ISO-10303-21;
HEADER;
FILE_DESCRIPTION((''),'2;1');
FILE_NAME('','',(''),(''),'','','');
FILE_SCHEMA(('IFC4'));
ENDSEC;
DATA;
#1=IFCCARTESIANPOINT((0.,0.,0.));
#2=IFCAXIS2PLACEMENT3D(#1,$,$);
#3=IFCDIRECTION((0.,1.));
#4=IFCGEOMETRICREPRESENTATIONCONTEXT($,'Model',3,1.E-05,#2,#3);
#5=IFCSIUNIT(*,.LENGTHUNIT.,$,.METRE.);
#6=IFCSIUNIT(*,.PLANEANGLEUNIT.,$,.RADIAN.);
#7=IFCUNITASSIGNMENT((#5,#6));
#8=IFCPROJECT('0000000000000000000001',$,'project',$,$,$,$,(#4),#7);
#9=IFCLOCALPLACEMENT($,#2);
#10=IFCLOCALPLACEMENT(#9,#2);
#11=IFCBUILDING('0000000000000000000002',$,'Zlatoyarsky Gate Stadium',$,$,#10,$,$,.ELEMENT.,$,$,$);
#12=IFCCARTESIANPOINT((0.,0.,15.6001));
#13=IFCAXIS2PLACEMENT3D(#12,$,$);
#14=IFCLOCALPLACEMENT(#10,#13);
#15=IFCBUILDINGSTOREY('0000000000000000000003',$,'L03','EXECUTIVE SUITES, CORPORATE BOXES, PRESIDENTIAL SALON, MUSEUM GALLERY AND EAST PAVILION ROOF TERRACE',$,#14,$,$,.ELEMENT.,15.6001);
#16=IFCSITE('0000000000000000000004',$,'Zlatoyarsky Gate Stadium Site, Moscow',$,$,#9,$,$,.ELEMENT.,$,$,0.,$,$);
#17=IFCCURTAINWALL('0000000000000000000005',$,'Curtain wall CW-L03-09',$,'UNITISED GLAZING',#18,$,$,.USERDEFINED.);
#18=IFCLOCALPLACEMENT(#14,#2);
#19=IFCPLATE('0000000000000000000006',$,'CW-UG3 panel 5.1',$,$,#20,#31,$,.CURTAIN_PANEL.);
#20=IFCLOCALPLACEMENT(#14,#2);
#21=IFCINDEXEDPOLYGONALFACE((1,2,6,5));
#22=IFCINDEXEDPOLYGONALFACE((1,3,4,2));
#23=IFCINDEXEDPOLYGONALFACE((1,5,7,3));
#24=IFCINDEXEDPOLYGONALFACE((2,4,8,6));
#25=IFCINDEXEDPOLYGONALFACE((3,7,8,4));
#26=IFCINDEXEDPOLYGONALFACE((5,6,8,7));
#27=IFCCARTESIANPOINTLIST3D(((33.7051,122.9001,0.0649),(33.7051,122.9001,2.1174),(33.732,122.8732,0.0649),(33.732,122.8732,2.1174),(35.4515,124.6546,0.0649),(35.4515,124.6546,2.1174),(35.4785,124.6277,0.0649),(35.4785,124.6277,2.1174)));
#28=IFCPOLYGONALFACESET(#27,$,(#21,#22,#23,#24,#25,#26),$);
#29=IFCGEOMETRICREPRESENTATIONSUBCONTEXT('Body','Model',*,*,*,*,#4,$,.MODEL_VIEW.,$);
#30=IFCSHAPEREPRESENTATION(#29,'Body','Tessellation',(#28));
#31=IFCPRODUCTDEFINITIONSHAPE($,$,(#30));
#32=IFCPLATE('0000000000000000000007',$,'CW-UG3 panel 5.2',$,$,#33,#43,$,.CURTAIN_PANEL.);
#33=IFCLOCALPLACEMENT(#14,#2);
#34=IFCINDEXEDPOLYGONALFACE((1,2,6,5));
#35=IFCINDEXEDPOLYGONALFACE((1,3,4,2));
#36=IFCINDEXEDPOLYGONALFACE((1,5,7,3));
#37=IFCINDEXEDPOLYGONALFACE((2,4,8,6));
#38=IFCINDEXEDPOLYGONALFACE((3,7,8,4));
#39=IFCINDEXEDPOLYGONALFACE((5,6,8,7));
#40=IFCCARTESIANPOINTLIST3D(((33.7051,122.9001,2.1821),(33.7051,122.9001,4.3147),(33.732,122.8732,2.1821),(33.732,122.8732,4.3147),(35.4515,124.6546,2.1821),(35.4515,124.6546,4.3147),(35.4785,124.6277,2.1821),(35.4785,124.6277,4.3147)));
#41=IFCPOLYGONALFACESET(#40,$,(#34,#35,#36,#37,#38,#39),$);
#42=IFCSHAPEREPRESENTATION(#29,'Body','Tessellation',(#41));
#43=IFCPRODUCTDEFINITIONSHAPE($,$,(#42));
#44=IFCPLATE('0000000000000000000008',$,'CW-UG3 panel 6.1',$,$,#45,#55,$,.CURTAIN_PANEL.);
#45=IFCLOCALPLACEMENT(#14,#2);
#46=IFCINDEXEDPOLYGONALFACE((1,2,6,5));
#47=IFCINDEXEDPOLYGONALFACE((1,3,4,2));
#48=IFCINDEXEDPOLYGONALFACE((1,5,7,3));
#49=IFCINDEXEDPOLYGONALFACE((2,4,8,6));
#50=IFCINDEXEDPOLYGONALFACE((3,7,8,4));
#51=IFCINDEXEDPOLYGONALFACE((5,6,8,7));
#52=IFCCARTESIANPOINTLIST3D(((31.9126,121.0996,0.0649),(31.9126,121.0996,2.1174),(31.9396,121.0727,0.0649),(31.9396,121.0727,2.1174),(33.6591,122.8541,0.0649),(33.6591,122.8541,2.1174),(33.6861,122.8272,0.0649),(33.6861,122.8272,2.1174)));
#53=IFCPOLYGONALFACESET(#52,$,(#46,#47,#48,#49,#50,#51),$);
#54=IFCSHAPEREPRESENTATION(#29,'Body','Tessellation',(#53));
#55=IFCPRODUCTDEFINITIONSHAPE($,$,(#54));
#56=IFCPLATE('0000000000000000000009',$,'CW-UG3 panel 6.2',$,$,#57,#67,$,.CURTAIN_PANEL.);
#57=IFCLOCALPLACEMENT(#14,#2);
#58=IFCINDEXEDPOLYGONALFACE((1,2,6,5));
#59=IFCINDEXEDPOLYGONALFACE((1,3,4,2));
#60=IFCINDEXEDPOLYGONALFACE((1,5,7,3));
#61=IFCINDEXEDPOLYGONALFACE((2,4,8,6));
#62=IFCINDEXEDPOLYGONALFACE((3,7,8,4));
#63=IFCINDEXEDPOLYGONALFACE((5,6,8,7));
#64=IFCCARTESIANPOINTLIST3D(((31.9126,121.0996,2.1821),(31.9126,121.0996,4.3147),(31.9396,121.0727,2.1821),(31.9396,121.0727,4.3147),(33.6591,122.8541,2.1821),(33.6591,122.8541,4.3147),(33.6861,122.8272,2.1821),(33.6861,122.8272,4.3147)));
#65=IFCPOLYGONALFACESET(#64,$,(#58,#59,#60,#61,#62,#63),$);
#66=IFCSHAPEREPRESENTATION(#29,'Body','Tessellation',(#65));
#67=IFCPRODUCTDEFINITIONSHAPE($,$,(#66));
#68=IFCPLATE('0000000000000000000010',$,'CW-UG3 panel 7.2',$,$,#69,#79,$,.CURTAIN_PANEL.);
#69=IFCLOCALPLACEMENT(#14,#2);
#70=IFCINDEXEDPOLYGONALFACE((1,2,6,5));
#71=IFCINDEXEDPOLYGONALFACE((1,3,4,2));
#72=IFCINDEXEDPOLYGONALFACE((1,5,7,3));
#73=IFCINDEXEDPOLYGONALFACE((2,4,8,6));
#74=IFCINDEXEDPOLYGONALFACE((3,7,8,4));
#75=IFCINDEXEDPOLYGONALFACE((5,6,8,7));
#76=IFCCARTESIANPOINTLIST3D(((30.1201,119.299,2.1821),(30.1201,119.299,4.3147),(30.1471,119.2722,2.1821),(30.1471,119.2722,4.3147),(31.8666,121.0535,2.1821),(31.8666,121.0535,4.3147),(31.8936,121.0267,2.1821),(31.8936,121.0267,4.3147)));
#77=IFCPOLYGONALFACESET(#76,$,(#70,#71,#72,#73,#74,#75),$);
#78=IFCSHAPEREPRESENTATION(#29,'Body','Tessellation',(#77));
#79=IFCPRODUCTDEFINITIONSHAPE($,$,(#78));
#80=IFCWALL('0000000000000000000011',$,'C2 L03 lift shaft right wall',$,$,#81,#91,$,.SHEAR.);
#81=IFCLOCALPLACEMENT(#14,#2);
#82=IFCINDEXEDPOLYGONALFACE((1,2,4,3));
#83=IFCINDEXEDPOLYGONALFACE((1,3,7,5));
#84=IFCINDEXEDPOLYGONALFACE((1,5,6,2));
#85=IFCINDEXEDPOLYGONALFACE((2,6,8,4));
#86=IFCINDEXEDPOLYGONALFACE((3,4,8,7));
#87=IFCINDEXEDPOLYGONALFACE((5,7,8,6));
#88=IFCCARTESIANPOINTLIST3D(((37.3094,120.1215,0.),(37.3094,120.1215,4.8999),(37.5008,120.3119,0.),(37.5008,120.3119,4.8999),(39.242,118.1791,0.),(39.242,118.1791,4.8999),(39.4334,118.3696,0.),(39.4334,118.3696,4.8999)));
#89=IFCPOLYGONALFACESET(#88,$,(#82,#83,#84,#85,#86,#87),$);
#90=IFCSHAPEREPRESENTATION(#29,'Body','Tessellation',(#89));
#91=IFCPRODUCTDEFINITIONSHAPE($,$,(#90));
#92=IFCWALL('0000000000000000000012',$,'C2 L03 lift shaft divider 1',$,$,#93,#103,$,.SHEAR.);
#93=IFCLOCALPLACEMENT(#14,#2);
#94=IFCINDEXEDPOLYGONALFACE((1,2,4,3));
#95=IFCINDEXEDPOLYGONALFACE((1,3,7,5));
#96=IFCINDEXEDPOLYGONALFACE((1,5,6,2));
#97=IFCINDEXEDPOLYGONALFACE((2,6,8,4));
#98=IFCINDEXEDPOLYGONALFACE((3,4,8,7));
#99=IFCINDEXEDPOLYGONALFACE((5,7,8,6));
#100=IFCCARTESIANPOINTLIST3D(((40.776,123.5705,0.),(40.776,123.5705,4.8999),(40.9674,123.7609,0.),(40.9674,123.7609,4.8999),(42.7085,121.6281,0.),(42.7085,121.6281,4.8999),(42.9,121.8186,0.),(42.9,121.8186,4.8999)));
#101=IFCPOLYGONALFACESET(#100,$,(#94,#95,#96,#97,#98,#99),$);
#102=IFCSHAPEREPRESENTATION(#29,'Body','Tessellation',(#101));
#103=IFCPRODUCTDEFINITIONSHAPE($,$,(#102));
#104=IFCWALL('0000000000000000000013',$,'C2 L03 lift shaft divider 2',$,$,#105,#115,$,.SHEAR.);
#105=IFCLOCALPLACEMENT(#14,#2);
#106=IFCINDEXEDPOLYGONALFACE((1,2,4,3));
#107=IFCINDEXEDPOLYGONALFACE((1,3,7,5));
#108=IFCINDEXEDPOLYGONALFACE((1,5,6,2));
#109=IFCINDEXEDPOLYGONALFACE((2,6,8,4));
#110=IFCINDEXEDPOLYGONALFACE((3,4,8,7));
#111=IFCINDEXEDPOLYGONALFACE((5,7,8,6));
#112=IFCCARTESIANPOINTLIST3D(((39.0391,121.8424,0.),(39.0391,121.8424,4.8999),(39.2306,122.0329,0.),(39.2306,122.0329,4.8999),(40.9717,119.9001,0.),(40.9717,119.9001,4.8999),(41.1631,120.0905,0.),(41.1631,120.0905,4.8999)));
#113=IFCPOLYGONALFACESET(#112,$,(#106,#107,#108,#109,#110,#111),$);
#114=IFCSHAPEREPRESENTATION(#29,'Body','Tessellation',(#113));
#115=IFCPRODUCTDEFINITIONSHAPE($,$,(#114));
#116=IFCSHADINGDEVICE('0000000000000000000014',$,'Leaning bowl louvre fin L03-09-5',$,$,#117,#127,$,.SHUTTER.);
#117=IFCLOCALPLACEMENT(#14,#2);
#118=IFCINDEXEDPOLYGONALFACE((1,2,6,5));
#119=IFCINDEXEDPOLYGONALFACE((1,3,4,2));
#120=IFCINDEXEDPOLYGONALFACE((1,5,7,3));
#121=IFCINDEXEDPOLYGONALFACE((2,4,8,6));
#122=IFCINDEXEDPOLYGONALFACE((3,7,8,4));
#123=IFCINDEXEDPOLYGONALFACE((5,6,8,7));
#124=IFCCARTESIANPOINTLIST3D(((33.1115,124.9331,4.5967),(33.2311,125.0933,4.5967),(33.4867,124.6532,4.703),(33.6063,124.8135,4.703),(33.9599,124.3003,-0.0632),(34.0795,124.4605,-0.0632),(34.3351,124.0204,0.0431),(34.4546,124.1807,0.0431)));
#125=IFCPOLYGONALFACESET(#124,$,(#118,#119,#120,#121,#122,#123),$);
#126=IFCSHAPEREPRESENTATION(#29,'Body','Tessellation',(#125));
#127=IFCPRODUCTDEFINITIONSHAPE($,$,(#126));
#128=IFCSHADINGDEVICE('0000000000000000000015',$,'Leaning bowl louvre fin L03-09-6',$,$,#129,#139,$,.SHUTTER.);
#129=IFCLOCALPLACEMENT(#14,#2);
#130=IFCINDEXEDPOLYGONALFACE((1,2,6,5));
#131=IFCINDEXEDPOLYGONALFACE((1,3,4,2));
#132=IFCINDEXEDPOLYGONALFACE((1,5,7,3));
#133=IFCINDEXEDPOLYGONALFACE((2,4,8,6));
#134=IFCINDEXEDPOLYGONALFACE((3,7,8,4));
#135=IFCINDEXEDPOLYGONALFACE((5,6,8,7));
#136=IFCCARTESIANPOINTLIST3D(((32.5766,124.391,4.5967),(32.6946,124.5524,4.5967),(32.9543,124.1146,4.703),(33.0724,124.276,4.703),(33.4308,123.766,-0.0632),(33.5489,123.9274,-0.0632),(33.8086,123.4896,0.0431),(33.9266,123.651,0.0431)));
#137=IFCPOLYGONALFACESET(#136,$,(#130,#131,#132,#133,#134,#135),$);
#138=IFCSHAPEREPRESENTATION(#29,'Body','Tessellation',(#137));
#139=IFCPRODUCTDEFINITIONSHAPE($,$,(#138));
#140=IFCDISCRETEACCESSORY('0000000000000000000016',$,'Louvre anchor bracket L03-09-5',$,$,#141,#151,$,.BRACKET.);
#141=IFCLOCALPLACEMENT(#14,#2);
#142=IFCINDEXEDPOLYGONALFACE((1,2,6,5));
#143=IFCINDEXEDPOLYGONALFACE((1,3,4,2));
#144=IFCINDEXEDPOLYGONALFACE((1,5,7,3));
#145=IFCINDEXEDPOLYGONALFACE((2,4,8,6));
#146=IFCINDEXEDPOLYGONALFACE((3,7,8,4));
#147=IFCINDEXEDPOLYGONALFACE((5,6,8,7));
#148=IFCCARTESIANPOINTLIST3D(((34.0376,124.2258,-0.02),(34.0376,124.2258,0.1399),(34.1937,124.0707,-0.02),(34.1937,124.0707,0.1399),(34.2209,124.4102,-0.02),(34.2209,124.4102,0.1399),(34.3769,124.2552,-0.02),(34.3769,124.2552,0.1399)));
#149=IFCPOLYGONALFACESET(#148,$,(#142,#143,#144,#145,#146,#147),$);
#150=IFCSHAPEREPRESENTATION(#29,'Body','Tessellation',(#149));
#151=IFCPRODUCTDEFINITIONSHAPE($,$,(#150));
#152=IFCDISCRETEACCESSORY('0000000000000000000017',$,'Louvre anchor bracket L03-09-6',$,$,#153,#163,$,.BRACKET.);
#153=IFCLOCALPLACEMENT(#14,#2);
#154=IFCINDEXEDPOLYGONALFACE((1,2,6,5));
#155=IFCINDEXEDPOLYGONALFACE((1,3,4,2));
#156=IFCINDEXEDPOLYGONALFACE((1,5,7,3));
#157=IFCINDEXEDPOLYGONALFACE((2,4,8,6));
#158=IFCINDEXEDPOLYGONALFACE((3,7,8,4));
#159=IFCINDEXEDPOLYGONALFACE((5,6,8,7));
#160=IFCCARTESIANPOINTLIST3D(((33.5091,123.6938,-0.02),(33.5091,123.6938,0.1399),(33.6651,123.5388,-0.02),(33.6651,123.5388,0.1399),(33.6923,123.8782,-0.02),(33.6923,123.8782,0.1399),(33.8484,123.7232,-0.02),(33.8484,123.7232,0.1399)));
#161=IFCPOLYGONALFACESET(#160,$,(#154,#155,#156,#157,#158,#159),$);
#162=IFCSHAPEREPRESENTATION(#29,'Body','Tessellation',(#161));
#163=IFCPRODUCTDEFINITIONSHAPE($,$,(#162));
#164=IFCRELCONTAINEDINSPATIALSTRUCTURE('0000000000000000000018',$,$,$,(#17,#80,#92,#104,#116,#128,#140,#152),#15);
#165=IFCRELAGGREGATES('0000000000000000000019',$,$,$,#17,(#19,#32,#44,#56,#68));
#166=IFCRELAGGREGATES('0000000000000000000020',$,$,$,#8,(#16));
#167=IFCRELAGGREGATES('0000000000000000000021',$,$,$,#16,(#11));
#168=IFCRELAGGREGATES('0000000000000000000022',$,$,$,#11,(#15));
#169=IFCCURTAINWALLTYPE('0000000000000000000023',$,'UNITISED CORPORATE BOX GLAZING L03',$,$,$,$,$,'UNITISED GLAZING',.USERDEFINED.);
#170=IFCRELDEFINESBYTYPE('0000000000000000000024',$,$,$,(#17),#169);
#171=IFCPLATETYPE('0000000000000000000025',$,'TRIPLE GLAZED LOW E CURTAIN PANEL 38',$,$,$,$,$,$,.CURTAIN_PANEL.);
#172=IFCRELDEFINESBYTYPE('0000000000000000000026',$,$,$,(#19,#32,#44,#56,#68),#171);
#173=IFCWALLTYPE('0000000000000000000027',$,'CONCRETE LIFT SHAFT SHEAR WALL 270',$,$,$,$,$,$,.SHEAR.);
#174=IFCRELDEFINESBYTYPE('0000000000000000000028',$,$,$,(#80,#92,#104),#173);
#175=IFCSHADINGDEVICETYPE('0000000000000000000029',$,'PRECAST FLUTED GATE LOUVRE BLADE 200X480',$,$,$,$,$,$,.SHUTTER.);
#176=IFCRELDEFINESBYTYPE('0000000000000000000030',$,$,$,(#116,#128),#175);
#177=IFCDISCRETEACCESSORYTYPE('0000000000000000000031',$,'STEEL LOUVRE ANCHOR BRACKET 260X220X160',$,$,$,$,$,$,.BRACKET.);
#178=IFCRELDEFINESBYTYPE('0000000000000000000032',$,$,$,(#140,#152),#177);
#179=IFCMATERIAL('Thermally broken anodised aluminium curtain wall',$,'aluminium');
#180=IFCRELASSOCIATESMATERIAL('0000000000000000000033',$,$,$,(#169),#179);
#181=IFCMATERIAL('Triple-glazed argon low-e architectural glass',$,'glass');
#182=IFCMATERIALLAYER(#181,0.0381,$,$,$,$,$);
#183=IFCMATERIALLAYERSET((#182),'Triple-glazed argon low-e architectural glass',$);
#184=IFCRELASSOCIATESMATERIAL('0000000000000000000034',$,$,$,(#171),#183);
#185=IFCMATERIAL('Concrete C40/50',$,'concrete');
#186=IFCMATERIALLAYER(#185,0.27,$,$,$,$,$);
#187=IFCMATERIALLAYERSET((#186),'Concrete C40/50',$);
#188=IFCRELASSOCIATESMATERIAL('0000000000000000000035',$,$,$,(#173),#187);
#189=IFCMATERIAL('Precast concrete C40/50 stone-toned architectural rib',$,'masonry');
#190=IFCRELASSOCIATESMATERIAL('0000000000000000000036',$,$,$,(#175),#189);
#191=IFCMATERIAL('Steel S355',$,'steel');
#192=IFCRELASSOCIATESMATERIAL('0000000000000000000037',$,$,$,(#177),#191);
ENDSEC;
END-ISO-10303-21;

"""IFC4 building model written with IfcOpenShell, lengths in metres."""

from ifc_helpers import new_model, si_unit, direction, frame, frame_2d, origin, origin_2d, place, context, subcontext, project, spatial, rectangle, extrude, material, layer, layer_set, material_profile, profile_set, type_object, element, aggregate, save


model = new_model("IFC4")

# Units and contexts
model_context = context("Model", 3, precision=1e-05, world=origin(), true_north=direction((0.0, 1.0)))
body_context = subcontext(model_context, "Body", "Model", "MODEL_VIEW")
ifc_project = project(units=[si_unit("LENGTHUNIT", "METRE"), si_unit("PLANEANGLEUNIT", "RADIAN")], contexts=[model_context])

# Site, building, storey
site_placement = place(None, origin())
site = spatial("IfcSite", under=ifc_project, at=site_placement, Name="Zlatoyarsky Gate Stadium Site, Moscow", CompositionType="ELEMENT", RefElevation=0.0)
building_placement = place(site_placement, origin())
building = spatial("IfcBuilding", under=site, at=building_placement, Name="Zlatoyarsky Gate Stadium", CompositionType="ELEMENT")
storey_placement = place(building_placement, frame((0.0, 0.0, 15.6001)))
storey = spatial("IfcBuildingStorey", under=building, at=storey_placement, Name="L03", Description="EXECUTIVE SUITES, CORPORATE BOXES, PRESIDENTIAL SALON, MUSEUM GALLERY AND EAST PAVILION ROOF TERRACE", CompositionType="ELEMENT", Elevation=15.6001)

# Curtain wall
ifc_material_1 = material(Name="Thermally broken anodised aluminium curtain wall", Category="aluminium")
curtain_wall_type = type_object("IfcCurtainWallType", Name="UNITISED CORPORATE BOX GLAZING L03", ElementType="UNITISED GLAZING", PredefinedType="USERDEFINED", material=ifc_material_1)
curtain_wall_placement = place(storey_placement, origin())
curtain_wall = element("IfcCurtainWall", 1, at=curtain_wall_placement, inside=storey, type_object=curtain_wall_type, Name="Curtain wall CW-L03-09", ObjectType="UNITISED GLAZING", PredefinedType="USERDEFINED")

# Shared definitions
ifc_material_2 = material(Name="Steel S355", Category="steel")

# Plates
ifc_material_3 = material(Name="Triple-glazed argon low-e architectural glass", Category="glass")
ifc_layer_1 = layer(ifc_material_3, 0.0381)
ifc_layer_set_1 = layer_set([ifc_layer_1], Name="Triple-glazed argon low-e architectural glass")
plate_type_1 = type_object("IfcPlateType", Name="TRIPLE GLAZED LOW E CURTAIN PANEL 38", PredefinedType="CURTAIN_PANEL", material=ifc_layer_set_1)
plate_1_placement = place(storey_placement, frame((34.5918, 123.7639, 0.0649), z_axis=(0.0, 0.0, 1.0), x_axis=(-0.705489, -0.708721, 0.0)))
plate_1 = element("IfcPlate", 2, at=plate_1_placement, type_object=plate_type_1, Name="CW-UG3 panel 5.1", PredefinedType="CURTAIN_PANEL", context=body_context, shape_type="SweptSolid", body=[
    extrude(rectangle(XDim=2.4756, YDim=0.0381, at=origin_2d()), origin(), (0.0, 0.0, 1.0), 2.0525),
])
plate_2_placement = place(storey_placement, frame((34.5918, 123.7639, 2.1821), z_axis=(0.0, 0.0, 1.0), x_axis=(-0.705489, -0.708721, 0.0)))
plate_2 = element("IfcPlate", 3, at=plate_2_placement, type_object=plate_type_1, Name="CW-UG3 panel 5.2", PredefinedType="CURTAIN_PANEL", context=body_context, shape_type="SweptSolid", body=[
    extrude(rectangle(XDim=2.4756, YDim=0.0381, at=origin_2d()), origin(), (0.0, 0.0, 1.0), 2.1326),
])
plate_3_placement = place(storey_placement, frame((32.7993, 121.9634, 0.0649), z_axis=(0.0, 0.0, 1.0), x_axis=(-0.705489, -0.708721, 0.0)))
plate_3 = element("IfcPlate", 4, at=plate_3_placement, type_object=plate_type_1, Name="CW-UG3 panel 6.1", PredefinedType="CURTAIN_PANEL", context=body_context, shape_type="SweptSolid", body=[
    extrude(rectangle(XDim=2.4756, YDim=0.0381, at=origin_2d()), origin(), (0.0, 0.0, 1.0), 2.0525),
])
plate_4_placement = place(storey_placement, frame((32.7993, 121.9634, 2.1821), z_axis=(0.0, 0.0, 1.0), x_axis=(-0.705489, -0.708721, 0.0)))
plate_4 = element("IfcPlate", 5, at=plate_4_placement, type_object=plate_type_1, Name="CW-UG3 panel 6.2", PredefinedType="CURTAIN_PANEL", context=body_context, shape_type="SweptSolid", body=[
    extrude(rectangle(XDim=2.4756, YDim=0.0381, at=origin_2d()), origin(), (0.0, 0.0, 1.0), 2.1326),
])
plate_5_placement = place(storey_placement, frame((31.0068, 120.1628, 2.1821), z_axis=(0.0, 0.0, 1.0), x_axis=(-0.705489, -0.708721, 0.0)))
plate_5 = element("IfcPlate", 6, at=plate_5_placement, type_object=plate_type_1, Name="CW-UG3 panel 7.2", PredefinedType="CURTAIN_PANEL", context=body_context, shape_type="SweptSolid", body=[
    extrude(rectangle(XDim=2.4756, YDim=0.0381, at=origin_2d()), origin(), (0.0, 0.0, 1.0), 2.1326),
])
aggregate(curtain_wall, [plate_1, plate_2, plate_3, plate_4, plate_5])

# Walls
ifc_material_4 = material(Name="Concrete C40/50", Category="concrete")
ifc_layer_2 = layer(ifc_material_4, 0.27)
ifc_layer_set_2 = layer_set([ifc_layer_2], Name="Concrete C40/50")
wall_type = type_object("IfcWallType", Name="CONCRETE LIFT SHAFT SHEAR WALL 270", PredefinedType="SHEAR", material=ifc_layer_set_2)
for number, where, z_axis, x_axis, name in (
    (7, (37.405, 120.2168, 0.0), (0.0, 0.0, 1.0), (0.705323, -0.708887, 0.0), "C2 L03 lift shaft right wall"),
    (8, (40.8716, 123.6658, 0.0), (0.0, 0.0, 1.0), (0.705323, -0.708887, 0.0), "C2 L03 lift shaft divider 1"),
    (9, (39.1348, 121.9377, 0.0), (0.0, 0.0, 1.0), (0.705323, -0.708887, 0.0), "C2 L03 lift shaft divider 2"),
):
    element("IfcWall", number, at=place(storey_placement, frame(where, z_axis=z_axis, x_axis=x_axis)), inside=storey, type_object=wall_type, Name=name, PredefinedType="SHEAR", context=body_context, shape_type="SweptSolid", body=[
        extrude(rectangle(XDim=2.74, YDim=0.27, at=frame_2d((1.3701, 0.0))), origin(), (0.0, 0.0, 1.0), 4.8999),
    ])

# Shading devices
ifc_material_5 = material(Name="Precast concrete C40/50 stone-toned architectural rib", Category="masonry")
ifc_material_profile_1 = material_profile(ifc_material_5, rectangle(XDim=0.2, YDim=0.48, at=origin_2d()), Name="RIB 200X480")
ifc_profile_set_1 = profile_set([ifc_material_profile_1], Name="Precast concrete C40/50 stone-toned architectural rib")
shading_device_type = type_object("IfcShadingDeviceType", Name="PRECAST FLUTED GATE LOUVRE BLADE 200X480", PredefinedType="SHUTTER", material=ifc_profile_set_1)
for number, where, z_axis, x_axis, name in (
    (10, (34.2073, 124.2405, -0.01), (-0.177539, 0.132426, 0.975163), (-0.597894, -0.801575, 0.0), "Leaning bowl louvre fin L03-09-5"),
    (11, (33.6787, 123.7085, -0.01), (-0.178765, 0.130791, 0.97516), (-0.590473, -0.807057, 0.0), "Leaning bowl louvre fin L03-09-6"),
):
    element("IfcShadingDevice", number, at=place(storey_placement, frame(where, z_axis=z_axis, x_axis=x_axis)), inside=storey, type_object=shading_device_type, Name=name, PredefinedType="SHUTTER", context=body_context, shape_type="SweptSolid", body=[
        extrude(rectangle(XDim=0.2, YDim=0.48, at=origin_2d()), origin(), (0.0, 0.0, 1.0), 4.7786),
    ])

# Discrete accessories
discrete_accessory_type = type_object("IfcDiscreteAccessoryType", Name="STEEL LOUVRE ANCHOR BRACKET 260X220X160", PredefinedType="BRACKET", material=ifc_material_2)
for number, where, z_axis, x_axis, name in (
    (12, (34.2073, 124.2405, -0.02), (0.0, 0.0, 1.0), (-0.704815, -0.709391, 0.0), "Louvre anchor bracket L03-09-5"),
    (13, (33.6787, 123.7085, -0.02), (0.0, 0.0, 1.0), (-0.704815, -0.709391, 0.0), "Louvre anchor bracket L03-09-6"),
):
    element("IfcDiscreteAccessory", number, at=place(storey_placement, frame(where, z_axis=z_axis, x_axis=x_axis)), inside=storey, type_object=discrete_accessory_type, Name=name, PredefinedType="BRACKET", context=body_context, shape_type="SweptSolid", body=[
        extrude(rectangle(XDim=0.26, YDim=0.22, at=origin_2d()), origin(), (0.0, 0.0, 1.0), 0.1599),
    ])

save(model, "model.ifc")
